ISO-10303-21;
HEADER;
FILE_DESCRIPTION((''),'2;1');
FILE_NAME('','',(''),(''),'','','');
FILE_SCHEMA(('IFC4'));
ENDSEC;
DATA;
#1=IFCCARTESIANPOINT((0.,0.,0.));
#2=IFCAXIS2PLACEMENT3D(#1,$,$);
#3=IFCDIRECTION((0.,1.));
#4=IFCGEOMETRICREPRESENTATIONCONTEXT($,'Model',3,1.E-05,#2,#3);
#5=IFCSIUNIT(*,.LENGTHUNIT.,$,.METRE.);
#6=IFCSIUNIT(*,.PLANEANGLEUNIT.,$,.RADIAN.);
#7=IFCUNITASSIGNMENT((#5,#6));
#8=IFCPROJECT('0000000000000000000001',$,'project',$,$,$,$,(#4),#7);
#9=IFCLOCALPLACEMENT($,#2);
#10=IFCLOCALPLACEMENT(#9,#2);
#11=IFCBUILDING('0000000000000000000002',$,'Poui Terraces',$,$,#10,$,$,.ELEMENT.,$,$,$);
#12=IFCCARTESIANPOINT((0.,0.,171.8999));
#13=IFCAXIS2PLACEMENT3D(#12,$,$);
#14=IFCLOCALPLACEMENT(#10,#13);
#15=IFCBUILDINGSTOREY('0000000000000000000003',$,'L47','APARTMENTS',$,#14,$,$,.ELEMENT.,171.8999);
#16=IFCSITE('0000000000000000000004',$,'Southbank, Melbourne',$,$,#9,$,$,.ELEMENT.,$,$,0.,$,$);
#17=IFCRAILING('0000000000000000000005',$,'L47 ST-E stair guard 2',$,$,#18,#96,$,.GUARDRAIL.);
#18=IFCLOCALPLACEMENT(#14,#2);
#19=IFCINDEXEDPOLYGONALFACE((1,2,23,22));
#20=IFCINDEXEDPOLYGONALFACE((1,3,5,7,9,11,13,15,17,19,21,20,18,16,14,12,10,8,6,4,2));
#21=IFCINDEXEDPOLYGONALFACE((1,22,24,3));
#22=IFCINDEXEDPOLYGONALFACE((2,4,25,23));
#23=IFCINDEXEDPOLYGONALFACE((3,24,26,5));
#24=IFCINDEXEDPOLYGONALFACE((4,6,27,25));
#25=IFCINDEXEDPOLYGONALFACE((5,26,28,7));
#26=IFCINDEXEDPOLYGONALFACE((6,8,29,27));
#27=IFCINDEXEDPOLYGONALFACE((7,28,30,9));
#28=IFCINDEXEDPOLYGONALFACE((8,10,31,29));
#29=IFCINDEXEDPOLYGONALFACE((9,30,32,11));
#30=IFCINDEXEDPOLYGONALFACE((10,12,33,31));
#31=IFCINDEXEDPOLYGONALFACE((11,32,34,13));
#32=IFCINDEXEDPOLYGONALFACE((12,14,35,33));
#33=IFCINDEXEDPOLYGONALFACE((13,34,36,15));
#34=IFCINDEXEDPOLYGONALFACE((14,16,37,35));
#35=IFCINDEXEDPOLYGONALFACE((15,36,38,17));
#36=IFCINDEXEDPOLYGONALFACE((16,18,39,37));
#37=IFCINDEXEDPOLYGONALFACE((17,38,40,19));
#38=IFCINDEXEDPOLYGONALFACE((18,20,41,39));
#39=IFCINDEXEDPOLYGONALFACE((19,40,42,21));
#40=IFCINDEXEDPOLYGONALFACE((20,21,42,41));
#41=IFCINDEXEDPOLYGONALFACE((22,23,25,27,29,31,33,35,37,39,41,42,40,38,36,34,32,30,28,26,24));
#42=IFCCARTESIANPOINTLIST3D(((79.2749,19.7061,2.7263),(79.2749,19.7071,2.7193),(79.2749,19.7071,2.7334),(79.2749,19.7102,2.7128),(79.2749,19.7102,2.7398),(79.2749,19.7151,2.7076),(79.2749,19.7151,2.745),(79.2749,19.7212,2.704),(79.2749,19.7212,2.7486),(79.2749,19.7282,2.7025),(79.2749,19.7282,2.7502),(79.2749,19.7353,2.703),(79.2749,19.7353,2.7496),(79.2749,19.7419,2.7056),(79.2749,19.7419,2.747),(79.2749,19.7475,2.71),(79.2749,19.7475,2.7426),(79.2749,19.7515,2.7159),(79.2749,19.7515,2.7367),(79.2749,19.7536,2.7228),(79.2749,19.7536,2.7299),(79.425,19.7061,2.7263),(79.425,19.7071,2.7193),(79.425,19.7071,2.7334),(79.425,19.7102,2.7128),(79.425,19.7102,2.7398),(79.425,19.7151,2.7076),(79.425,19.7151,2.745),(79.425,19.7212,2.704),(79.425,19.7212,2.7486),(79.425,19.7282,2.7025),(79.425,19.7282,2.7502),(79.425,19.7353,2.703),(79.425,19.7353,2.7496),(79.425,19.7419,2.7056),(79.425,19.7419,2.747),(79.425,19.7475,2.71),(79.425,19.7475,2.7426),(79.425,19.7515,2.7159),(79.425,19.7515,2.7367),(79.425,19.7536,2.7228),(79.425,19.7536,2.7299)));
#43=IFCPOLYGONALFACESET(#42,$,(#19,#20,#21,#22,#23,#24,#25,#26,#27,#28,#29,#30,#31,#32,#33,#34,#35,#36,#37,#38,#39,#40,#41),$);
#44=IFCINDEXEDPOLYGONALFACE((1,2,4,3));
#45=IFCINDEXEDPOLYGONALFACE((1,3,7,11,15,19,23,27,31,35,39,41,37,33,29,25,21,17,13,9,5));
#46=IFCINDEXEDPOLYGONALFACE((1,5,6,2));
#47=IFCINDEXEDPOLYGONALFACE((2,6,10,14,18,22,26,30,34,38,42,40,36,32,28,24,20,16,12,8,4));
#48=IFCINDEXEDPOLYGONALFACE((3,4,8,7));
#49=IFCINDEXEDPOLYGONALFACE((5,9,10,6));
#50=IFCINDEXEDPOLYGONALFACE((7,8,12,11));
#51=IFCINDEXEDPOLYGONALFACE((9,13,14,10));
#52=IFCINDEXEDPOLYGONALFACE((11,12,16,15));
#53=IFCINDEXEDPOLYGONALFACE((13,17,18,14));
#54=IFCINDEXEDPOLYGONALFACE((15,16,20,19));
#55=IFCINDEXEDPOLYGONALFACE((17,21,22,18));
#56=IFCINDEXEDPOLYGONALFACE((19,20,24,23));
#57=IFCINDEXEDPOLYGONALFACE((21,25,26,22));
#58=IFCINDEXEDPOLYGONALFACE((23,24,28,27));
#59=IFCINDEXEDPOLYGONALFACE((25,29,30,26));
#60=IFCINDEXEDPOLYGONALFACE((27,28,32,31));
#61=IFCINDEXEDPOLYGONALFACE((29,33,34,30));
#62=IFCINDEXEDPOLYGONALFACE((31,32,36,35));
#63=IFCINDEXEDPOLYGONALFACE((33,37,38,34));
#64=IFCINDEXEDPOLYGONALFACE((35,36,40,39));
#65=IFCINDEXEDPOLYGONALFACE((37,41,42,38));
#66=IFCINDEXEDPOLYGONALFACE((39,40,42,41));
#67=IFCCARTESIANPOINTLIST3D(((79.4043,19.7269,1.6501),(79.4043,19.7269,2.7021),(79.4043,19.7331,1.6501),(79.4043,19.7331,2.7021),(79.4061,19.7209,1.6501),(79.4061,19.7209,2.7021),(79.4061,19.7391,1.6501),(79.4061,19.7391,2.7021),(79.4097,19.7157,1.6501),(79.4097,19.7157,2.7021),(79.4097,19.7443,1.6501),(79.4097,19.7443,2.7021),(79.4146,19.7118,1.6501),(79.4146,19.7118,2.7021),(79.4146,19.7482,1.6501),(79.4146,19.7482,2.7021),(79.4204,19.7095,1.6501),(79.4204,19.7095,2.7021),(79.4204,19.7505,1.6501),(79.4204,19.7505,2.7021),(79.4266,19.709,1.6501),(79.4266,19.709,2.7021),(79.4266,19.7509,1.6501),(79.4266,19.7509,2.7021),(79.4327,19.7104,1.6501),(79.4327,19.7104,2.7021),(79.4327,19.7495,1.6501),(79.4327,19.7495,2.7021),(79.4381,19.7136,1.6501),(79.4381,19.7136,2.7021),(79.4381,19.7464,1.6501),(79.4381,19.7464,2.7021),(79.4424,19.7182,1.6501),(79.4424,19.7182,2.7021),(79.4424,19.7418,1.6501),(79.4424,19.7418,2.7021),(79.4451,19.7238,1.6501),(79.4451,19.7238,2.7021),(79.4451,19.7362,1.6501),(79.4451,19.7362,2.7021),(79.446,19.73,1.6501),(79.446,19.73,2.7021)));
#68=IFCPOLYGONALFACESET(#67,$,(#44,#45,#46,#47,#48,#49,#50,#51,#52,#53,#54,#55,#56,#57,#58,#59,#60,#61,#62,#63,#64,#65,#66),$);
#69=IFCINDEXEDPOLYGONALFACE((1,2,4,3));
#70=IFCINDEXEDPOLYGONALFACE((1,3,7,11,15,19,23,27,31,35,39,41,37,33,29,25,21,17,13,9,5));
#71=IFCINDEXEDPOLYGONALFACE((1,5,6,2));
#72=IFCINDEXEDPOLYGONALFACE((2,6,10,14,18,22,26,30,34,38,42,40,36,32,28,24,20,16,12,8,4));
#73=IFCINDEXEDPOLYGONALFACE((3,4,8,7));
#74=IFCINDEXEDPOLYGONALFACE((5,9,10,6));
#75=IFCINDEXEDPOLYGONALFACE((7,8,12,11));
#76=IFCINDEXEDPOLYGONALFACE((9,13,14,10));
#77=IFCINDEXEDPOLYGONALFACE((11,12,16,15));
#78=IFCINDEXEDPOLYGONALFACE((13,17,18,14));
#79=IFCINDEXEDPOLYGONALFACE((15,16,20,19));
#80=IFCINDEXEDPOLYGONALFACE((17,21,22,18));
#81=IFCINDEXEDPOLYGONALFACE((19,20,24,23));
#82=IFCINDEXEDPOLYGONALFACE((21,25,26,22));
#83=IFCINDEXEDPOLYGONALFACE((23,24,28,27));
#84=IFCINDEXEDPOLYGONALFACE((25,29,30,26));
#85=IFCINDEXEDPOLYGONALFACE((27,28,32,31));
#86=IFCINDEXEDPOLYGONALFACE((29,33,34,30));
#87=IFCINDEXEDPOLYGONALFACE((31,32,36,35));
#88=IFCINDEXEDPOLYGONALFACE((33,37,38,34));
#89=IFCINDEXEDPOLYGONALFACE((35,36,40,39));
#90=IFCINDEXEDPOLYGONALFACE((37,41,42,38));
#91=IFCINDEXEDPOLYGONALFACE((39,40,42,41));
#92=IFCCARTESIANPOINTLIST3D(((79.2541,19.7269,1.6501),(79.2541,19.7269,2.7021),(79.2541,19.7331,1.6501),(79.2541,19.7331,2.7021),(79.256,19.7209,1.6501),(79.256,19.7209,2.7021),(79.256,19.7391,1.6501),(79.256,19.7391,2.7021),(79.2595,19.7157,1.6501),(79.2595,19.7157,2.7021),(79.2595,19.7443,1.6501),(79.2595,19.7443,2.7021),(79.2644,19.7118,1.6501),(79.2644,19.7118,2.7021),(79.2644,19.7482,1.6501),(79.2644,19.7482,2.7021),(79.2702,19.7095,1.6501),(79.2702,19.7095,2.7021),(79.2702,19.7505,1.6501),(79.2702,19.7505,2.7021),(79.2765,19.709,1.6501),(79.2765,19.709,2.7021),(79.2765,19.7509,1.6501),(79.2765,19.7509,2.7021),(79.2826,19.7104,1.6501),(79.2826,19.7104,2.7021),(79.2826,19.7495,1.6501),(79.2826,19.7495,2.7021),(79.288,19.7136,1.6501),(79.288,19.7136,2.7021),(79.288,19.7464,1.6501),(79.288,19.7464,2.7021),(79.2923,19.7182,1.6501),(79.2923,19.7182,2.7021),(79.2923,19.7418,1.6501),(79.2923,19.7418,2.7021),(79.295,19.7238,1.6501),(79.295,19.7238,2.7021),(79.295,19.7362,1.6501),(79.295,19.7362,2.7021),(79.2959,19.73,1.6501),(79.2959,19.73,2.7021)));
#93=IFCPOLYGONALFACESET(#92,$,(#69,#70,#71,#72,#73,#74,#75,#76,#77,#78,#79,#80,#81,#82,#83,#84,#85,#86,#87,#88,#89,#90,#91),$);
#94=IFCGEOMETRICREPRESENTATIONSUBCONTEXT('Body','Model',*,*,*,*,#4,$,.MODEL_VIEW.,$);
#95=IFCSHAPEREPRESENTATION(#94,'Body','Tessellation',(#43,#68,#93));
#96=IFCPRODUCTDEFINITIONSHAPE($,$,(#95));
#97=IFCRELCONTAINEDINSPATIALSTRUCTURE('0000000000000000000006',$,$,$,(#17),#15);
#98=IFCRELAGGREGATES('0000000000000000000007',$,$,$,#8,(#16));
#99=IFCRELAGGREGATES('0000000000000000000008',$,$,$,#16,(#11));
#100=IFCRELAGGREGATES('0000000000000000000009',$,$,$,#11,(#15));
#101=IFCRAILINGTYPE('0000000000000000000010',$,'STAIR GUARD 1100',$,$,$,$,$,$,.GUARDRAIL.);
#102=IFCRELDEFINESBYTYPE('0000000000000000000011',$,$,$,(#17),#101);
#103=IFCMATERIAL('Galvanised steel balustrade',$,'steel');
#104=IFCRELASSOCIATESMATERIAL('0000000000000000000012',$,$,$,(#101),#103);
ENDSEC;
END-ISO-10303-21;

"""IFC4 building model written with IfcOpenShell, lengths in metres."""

from ifc_helpers import new_model, si_unit, direction, frame, origin, origin_2d, place, context, subcontext, project, spatial, circle, extrude, material, type_object, element, save


model = new_model("IFC4")

# Units and contexts
model_context = context("Model", 3, precision=1e-05, world=origin(), true_north=direction((0.0, 1.0)))
body_context = subcontext(model_context, "Body", "Model", "MODEL_VIEW")
ifc_project = project(units=[si_unit("LENGTHUNIT", "METRE"), si_unit("PLANEANGLEUNIT", "RADIAN")], contexts=[model_context])

# Site, building, storey
site_placement = place(None, origin())
site = spatial("IfcSite", under=ifc_project, at=site_placement, Name="Southbank, Melbourne", CompositionType="ELEMENT", RefElevation=0.0)
building_placement = place(site_placement, origin())
building = spatial("IfcBuilding", under=site, at=building_placement, Name="Poui Terraces", CompositionType="ELEMENT")
storey_placement = place(building_placement, frame((0.0, 0.0, 171.8999)))
storey = spatial("IfcBuildingStorey", under=building, at=storey_placement, Name="L47", Description="APARTMENTS", CompositionType="ELEMENT", Elevation=171.8999)

# Railing
ifc_material_1 = material(Name="Galvanised steel balustrade", Category="steel")
railing_type_1 = type_object("IfcRailingType", Name="STAIR GUARD 1100", PredefinedType="GUARDRAIL", material=ifc_material_1)
railing_1_placement = place(storey_placement, frame((79.425, 19.73, 1.6501)))
element("IfcRailing", 1, at=railing_1_placement, inside=storey, type_object=railing_type_1, Name="L47 ST-E stair guard 2", PredefinedType="GUARDRAIL", context=body_context, shape_type="SweptSolid", body=[
    extrude(circle(Radius=0.0239, at=origin_2d()), frame((0.0, 0.0, 1.0762), z_axis=(-1.0, 0.0, 0.0), x_axis=(0.0, -1.0, 0.0)), (0.0, 0.0, 1.0), 0.1501),
    extrude(circle(Radius=0.021, at=origin_2d()), origin(), (0.0, 0.0, 1.0), 1.052),
    extrude(circle(Radius=0.021, at=origin_2d()), frame((-0.1501, 0.0, 0.0)), (0.0, 0.0, 1.0), 1.052),
])

save(model, "model.ifc")
